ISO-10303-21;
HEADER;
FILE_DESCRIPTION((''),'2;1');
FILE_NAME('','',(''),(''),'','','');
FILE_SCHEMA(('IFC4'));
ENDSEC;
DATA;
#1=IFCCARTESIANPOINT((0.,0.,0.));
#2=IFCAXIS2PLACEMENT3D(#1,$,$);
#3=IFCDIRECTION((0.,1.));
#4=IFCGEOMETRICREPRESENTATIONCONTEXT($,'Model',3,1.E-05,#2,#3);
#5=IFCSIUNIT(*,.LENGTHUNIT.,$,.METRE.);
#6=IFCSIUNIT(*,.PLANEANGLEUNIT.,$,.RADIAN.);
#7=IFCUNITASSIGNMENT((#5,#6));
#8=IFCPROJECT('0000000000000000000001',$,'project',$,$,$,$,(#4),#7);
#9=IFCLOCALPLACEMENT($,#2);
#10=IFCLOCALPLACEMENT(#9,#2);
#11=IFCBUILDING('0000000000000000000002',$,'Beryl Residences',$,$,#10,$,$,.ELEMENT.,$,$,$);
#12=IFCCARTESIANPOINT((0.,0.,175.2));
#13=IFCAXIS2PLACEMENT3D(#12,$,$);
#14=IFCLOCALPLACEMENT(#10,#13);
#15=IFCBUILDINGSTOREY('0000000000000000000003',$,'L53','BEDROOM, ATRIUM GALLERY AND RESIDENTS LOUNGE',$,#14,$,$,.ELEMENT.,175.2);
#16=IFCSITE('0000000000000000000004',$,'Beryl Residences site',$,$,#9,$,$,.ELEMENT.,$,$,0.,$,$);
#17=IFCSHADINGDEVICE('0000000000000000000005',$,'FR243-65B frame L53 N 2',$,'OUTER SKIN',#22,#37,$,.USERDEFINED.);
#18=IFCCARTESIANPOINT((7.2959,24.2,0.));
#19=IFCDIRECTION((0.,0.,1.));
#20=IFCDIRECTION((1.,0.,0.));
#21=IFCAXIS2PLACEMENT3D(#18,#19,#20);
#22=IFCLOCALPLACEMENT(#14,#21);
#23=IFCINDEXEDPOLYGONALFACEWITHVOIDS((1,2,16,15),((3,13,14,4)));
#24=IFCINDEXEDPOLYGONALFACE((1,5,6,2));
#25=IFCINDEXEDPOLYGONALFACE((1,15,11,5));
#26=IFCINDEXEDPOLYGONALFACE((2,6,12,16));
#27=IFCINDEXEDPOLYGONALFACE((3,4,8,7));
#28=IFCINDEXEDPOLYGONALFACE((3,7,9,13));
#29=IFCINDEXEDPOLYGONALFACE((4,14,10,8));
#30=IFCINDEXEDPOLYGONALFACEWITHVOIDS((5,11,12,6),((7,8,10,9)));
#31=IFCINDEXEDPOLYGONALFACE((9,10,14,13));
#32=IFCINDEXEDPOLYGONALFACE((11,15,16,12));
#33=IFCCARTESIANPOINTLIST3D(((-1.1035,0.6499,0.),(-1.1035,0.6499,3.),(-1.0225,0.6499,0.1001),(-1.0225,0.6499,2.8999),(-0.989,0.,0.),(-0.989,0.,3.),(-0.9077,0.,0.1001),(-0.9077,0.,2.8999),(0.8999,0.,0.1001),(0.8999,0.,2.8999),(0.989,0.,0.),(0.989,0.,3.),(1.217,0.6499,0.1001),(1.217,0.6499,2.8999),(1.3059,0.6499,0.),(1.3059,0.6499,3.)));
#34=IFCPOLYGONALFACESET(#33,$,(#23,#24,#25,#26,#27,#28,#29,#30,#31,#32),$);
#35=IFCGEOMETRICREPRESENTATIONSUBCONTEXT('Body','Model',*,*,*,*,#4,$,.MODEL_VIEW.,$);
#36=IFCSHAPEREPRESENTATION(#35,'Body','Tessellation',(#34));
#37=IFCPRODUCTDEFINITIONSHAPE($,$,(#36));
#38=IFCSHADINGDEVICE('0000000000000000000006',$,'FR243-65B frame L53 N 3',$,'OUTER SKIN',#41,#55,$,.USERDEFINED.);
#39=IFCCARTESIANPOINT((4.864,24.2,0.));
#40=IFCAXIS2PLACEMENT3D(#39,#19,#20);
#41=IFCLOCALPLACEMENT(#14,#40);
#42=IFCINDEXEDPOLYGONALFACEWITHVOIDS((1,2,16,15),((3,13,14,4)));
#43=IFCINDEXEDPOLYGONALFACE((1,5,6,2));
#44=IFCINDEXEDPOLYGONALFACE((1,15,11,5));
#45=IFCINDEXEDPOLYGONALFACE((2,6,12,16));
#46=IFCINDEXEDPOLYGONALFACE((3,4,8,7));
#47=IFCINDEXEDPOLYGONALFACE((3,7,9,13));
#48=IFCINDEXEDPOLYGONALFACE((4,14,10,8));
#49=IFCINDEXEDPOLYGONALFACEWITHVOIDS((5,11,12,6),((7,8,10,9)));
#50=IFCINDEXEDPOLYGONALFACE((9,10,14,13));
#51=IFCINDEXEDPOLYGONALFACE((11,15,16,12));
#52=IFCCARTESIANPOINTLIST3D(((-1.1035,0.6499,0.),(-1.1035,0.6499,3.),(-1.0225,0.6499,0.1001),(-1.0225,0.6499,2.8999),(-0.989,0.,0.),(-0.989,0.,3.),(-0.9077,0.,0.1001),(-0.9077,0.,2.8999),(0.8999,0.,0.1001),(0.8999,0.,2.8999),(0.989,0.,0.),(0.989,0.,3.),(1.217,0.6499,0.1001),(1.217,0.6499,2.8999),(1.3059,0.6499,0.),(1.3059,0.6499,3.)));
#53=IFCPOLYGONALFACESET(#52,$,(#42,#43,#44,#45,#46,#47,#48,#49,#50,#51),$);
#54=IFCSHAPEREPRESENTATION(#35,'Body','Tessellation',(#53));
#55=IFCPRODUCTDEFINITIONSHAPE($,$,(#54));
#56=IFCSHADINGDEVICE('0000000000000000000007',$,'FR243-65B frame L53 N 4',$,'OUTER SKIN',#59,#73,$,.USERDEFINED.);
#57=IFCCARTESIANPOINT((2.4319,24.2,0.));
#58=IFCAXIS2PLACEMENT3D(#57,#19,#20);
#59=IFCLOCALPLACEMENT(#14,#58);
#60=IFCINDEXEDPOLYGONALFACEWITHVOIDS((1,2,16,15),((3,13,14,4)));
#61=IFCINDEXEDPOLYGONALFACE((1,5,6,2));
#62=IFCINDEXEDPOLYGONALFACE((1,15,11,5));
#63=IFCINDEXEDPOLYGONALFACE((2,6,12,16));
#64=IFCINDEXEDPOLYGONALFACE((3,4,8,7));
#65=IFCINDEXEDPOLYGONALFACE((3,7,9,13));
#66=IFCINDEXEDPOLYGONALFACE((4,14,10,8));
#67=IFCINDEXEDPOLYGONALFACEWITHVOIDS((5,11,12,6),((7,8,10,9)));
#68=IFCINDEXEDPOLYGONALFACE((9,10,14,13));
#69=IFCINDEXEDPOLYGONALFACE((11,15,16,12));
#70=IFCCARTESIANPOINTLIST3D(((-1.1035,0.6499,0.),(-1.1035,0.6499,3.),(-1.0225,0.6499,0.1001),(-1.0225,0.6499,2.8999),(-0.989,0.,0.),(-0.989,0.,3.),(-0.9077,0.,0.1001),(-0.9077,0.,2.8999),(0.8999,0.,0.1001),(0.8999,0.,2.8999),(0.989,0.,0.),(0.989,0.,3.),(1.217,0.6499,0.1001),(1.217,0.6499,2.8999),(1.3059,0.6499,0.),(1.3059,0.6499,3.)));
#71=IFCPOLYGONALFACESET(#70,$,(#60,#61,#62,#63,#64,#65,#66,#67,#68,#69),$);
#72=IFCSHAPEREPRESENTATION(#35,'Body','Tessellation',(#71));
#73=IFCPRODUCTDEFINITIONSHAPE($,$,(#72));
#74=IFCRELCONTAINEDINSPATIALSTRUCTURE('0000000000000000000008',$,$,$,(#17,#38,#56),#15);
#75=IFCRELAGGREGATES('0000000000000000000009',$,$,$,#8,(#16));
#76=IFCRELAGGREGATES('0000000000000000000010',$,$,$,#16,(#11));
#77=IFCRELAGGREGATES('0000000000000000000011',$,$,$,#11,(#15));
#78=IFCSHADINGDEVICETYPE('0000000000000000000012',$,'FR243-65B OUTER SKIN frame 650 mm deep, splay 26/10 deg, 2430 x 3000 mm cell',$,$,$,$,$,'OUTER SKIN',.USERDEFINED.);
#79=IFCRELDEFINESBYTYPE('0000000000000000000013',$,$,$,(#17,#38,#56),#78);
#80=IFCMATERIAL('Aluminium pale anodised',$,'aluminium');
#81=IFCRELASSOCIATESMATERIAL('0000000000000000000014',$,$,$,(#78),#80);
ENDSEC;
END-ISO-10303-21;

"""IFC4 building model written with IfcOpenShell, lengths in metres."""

from ifc_helpers import new_model, entity, si_unit, direction, frame, origin, place, context, subcontext, project, spatial, source, transform, mapped, material, type_object, type_shapes, element, save


model = new_model("IFC4")

# Units and contexts
model_context = context("Model", 3, precision=1e-05, world=origin(), true_north=direction((0.0, 1.0)))
body_context = subcontext(model_context, "Body", "Model", "MODEL_VIEW")
ifc_project = project(units=[si_unit("LENGTHUNIT", "METRE"), si_unit("PLANEANGLEUNIT", "RADIAN")], contexts=[model_context])

# Site, building, storey
site_placement = place(None, origin())
site = spatial("IfcSite", under=ifc_project, at=site_placement, Name="Beryl Residences site", CompositionType="ELEMENT", RefElevation=0.0)
building_placement = place(site_placement, origin())
building = spatial("IfcBuilding", under=site, at=building_placement, Name="Beryl Residences", CompositionType="ELEMENT")
storey_placement = place(building_placement, frame((0.0, 0.0, 175.2)))
storey = spatial("IfcBuildingStorey", under=building, at=storey_placement, Name="L53", Description="BEDROOM, ATRIUM GALLERY AND RESIDENTS LOUNGE", CompositionType="ELEMENT", Elevation=175.2)

# Shading devices
ifc_material_1 = material(Name="Aluminium pale anodised", Category="aluminium")
shading_device_type = type_object("IfcShadingDeviceType", Name="FR243-65B OUTER SKIN frame 650 mm deep, splay 26/10 deg, 2430 x 3000 mm cell", ElementType="OUTER SKIN", PredefinedType="USERDEFINED", material=ifc_material_1)
cartesian_point_1 = entity("IfcCartesianPoint", [-0.989, 0.0])
cartesian_point_2 = entity("IfcCartesianPoint", [-0.8999, 0.1001])
cartesian_point_3 = entity("IfcCartesianPoint", [-1.3059, 0.0])
cartesian_point_4 = entity("IfcCartesianPoint", [-1.217, 0.1001])
shared_shape = source(origin(), body_context, "Body", "SweptSolid", [
    entity("IfcExtrudedAreaSolidTapered", entity("IfcArbitraryProfileDefWithVoids", "AREA", None, entity("IfcPolyline", [cartesian_point_1, entity("IfcCartesianPoint", [0.989, 0.0]), entity("IfcCartesianPoint", [0.989, 3.0]), entity("IfcCartesianPoint", [-0.989, 3.0]), cartesian_point_1]), [entity("IfcPolyline", [cartesian_point_2, entity("IfcCartesianPoint", [0.9077, 0.1001]), entity("IfcCartesianPoint", [0.9077, 2.8999]), entity("IfcCartesianPoint", [-0.8999, 2.8999]), cartesian_point_2])]), entity("IfcAxis2Placement3D", entity("IfcCartesianPoint", [0.0, 0.0, 0.0]), entity("IfcDirection", [0.0, 1.0, 0.0]), entity("IfcDirection", [-1.0, 0.0, 0.0])), entity("IfcDirection", [0.0, 0.0, 1.0]), 0.6499, entity("IfcArbitraryProfileDefWithVoids", "AREA", None, entity("IfcPolyline", [cartesian_point_3, entity("IfcCartesianPoint", [1.1035, 0.0]), entity("IfcCartesianPoint", [1.1035, 3.0]), entity("IfcCartesianPoint", [-1.3059, 3.0]), cartesian_point_3]), [entity("IfcPolyline", [cartesian_point_4, entity("IfcCartesianPoint", [1.0225, 0.1001]), entity("IfcCartesianPoint", [1.0225, 2.8999]), entity("IfcCartesianPoint", [-1.217, 2.8999]), cartesian_point_4])])),
])
type_shapes(shading_device_type, [shared_shape])
for number, where, z_axis, x_axis, name in (
    (1, (7.2959, 24.2, 0.0), (0.0, 0.0, 1.0), (1.0, 0.0, 0.0), "FR243-65B frame L53 N 2"),
    (2, (4.864, 24.2, 0.0), (0.0, 0.0, 1.0), (1.0, 0.0, 0.0), "FR243-65B frame L53 N 3"),
    (3, (2.4319, 24.2, 0.0), (0.0, 0.0, 1.0), (1.0, 0.0, 0.0), "FR243-65B frame L53 N 4"),
):
    element("IfcShadingDevice", number, at=place(storey_placement, frame(where, z_axis=z_axis, x_axis=x_axis)), inside=storey, type_object=shading_device_type, Name=name, ObjectType="OUTER SKIN", PredefinedType="USERDEFINED", context=body_context, shape_type="MappedRepresentation", body=[
        mapped(shared_shape, transform((0.0, 0.0, 0.0))),
    ])

save(model, "model.ifc")
